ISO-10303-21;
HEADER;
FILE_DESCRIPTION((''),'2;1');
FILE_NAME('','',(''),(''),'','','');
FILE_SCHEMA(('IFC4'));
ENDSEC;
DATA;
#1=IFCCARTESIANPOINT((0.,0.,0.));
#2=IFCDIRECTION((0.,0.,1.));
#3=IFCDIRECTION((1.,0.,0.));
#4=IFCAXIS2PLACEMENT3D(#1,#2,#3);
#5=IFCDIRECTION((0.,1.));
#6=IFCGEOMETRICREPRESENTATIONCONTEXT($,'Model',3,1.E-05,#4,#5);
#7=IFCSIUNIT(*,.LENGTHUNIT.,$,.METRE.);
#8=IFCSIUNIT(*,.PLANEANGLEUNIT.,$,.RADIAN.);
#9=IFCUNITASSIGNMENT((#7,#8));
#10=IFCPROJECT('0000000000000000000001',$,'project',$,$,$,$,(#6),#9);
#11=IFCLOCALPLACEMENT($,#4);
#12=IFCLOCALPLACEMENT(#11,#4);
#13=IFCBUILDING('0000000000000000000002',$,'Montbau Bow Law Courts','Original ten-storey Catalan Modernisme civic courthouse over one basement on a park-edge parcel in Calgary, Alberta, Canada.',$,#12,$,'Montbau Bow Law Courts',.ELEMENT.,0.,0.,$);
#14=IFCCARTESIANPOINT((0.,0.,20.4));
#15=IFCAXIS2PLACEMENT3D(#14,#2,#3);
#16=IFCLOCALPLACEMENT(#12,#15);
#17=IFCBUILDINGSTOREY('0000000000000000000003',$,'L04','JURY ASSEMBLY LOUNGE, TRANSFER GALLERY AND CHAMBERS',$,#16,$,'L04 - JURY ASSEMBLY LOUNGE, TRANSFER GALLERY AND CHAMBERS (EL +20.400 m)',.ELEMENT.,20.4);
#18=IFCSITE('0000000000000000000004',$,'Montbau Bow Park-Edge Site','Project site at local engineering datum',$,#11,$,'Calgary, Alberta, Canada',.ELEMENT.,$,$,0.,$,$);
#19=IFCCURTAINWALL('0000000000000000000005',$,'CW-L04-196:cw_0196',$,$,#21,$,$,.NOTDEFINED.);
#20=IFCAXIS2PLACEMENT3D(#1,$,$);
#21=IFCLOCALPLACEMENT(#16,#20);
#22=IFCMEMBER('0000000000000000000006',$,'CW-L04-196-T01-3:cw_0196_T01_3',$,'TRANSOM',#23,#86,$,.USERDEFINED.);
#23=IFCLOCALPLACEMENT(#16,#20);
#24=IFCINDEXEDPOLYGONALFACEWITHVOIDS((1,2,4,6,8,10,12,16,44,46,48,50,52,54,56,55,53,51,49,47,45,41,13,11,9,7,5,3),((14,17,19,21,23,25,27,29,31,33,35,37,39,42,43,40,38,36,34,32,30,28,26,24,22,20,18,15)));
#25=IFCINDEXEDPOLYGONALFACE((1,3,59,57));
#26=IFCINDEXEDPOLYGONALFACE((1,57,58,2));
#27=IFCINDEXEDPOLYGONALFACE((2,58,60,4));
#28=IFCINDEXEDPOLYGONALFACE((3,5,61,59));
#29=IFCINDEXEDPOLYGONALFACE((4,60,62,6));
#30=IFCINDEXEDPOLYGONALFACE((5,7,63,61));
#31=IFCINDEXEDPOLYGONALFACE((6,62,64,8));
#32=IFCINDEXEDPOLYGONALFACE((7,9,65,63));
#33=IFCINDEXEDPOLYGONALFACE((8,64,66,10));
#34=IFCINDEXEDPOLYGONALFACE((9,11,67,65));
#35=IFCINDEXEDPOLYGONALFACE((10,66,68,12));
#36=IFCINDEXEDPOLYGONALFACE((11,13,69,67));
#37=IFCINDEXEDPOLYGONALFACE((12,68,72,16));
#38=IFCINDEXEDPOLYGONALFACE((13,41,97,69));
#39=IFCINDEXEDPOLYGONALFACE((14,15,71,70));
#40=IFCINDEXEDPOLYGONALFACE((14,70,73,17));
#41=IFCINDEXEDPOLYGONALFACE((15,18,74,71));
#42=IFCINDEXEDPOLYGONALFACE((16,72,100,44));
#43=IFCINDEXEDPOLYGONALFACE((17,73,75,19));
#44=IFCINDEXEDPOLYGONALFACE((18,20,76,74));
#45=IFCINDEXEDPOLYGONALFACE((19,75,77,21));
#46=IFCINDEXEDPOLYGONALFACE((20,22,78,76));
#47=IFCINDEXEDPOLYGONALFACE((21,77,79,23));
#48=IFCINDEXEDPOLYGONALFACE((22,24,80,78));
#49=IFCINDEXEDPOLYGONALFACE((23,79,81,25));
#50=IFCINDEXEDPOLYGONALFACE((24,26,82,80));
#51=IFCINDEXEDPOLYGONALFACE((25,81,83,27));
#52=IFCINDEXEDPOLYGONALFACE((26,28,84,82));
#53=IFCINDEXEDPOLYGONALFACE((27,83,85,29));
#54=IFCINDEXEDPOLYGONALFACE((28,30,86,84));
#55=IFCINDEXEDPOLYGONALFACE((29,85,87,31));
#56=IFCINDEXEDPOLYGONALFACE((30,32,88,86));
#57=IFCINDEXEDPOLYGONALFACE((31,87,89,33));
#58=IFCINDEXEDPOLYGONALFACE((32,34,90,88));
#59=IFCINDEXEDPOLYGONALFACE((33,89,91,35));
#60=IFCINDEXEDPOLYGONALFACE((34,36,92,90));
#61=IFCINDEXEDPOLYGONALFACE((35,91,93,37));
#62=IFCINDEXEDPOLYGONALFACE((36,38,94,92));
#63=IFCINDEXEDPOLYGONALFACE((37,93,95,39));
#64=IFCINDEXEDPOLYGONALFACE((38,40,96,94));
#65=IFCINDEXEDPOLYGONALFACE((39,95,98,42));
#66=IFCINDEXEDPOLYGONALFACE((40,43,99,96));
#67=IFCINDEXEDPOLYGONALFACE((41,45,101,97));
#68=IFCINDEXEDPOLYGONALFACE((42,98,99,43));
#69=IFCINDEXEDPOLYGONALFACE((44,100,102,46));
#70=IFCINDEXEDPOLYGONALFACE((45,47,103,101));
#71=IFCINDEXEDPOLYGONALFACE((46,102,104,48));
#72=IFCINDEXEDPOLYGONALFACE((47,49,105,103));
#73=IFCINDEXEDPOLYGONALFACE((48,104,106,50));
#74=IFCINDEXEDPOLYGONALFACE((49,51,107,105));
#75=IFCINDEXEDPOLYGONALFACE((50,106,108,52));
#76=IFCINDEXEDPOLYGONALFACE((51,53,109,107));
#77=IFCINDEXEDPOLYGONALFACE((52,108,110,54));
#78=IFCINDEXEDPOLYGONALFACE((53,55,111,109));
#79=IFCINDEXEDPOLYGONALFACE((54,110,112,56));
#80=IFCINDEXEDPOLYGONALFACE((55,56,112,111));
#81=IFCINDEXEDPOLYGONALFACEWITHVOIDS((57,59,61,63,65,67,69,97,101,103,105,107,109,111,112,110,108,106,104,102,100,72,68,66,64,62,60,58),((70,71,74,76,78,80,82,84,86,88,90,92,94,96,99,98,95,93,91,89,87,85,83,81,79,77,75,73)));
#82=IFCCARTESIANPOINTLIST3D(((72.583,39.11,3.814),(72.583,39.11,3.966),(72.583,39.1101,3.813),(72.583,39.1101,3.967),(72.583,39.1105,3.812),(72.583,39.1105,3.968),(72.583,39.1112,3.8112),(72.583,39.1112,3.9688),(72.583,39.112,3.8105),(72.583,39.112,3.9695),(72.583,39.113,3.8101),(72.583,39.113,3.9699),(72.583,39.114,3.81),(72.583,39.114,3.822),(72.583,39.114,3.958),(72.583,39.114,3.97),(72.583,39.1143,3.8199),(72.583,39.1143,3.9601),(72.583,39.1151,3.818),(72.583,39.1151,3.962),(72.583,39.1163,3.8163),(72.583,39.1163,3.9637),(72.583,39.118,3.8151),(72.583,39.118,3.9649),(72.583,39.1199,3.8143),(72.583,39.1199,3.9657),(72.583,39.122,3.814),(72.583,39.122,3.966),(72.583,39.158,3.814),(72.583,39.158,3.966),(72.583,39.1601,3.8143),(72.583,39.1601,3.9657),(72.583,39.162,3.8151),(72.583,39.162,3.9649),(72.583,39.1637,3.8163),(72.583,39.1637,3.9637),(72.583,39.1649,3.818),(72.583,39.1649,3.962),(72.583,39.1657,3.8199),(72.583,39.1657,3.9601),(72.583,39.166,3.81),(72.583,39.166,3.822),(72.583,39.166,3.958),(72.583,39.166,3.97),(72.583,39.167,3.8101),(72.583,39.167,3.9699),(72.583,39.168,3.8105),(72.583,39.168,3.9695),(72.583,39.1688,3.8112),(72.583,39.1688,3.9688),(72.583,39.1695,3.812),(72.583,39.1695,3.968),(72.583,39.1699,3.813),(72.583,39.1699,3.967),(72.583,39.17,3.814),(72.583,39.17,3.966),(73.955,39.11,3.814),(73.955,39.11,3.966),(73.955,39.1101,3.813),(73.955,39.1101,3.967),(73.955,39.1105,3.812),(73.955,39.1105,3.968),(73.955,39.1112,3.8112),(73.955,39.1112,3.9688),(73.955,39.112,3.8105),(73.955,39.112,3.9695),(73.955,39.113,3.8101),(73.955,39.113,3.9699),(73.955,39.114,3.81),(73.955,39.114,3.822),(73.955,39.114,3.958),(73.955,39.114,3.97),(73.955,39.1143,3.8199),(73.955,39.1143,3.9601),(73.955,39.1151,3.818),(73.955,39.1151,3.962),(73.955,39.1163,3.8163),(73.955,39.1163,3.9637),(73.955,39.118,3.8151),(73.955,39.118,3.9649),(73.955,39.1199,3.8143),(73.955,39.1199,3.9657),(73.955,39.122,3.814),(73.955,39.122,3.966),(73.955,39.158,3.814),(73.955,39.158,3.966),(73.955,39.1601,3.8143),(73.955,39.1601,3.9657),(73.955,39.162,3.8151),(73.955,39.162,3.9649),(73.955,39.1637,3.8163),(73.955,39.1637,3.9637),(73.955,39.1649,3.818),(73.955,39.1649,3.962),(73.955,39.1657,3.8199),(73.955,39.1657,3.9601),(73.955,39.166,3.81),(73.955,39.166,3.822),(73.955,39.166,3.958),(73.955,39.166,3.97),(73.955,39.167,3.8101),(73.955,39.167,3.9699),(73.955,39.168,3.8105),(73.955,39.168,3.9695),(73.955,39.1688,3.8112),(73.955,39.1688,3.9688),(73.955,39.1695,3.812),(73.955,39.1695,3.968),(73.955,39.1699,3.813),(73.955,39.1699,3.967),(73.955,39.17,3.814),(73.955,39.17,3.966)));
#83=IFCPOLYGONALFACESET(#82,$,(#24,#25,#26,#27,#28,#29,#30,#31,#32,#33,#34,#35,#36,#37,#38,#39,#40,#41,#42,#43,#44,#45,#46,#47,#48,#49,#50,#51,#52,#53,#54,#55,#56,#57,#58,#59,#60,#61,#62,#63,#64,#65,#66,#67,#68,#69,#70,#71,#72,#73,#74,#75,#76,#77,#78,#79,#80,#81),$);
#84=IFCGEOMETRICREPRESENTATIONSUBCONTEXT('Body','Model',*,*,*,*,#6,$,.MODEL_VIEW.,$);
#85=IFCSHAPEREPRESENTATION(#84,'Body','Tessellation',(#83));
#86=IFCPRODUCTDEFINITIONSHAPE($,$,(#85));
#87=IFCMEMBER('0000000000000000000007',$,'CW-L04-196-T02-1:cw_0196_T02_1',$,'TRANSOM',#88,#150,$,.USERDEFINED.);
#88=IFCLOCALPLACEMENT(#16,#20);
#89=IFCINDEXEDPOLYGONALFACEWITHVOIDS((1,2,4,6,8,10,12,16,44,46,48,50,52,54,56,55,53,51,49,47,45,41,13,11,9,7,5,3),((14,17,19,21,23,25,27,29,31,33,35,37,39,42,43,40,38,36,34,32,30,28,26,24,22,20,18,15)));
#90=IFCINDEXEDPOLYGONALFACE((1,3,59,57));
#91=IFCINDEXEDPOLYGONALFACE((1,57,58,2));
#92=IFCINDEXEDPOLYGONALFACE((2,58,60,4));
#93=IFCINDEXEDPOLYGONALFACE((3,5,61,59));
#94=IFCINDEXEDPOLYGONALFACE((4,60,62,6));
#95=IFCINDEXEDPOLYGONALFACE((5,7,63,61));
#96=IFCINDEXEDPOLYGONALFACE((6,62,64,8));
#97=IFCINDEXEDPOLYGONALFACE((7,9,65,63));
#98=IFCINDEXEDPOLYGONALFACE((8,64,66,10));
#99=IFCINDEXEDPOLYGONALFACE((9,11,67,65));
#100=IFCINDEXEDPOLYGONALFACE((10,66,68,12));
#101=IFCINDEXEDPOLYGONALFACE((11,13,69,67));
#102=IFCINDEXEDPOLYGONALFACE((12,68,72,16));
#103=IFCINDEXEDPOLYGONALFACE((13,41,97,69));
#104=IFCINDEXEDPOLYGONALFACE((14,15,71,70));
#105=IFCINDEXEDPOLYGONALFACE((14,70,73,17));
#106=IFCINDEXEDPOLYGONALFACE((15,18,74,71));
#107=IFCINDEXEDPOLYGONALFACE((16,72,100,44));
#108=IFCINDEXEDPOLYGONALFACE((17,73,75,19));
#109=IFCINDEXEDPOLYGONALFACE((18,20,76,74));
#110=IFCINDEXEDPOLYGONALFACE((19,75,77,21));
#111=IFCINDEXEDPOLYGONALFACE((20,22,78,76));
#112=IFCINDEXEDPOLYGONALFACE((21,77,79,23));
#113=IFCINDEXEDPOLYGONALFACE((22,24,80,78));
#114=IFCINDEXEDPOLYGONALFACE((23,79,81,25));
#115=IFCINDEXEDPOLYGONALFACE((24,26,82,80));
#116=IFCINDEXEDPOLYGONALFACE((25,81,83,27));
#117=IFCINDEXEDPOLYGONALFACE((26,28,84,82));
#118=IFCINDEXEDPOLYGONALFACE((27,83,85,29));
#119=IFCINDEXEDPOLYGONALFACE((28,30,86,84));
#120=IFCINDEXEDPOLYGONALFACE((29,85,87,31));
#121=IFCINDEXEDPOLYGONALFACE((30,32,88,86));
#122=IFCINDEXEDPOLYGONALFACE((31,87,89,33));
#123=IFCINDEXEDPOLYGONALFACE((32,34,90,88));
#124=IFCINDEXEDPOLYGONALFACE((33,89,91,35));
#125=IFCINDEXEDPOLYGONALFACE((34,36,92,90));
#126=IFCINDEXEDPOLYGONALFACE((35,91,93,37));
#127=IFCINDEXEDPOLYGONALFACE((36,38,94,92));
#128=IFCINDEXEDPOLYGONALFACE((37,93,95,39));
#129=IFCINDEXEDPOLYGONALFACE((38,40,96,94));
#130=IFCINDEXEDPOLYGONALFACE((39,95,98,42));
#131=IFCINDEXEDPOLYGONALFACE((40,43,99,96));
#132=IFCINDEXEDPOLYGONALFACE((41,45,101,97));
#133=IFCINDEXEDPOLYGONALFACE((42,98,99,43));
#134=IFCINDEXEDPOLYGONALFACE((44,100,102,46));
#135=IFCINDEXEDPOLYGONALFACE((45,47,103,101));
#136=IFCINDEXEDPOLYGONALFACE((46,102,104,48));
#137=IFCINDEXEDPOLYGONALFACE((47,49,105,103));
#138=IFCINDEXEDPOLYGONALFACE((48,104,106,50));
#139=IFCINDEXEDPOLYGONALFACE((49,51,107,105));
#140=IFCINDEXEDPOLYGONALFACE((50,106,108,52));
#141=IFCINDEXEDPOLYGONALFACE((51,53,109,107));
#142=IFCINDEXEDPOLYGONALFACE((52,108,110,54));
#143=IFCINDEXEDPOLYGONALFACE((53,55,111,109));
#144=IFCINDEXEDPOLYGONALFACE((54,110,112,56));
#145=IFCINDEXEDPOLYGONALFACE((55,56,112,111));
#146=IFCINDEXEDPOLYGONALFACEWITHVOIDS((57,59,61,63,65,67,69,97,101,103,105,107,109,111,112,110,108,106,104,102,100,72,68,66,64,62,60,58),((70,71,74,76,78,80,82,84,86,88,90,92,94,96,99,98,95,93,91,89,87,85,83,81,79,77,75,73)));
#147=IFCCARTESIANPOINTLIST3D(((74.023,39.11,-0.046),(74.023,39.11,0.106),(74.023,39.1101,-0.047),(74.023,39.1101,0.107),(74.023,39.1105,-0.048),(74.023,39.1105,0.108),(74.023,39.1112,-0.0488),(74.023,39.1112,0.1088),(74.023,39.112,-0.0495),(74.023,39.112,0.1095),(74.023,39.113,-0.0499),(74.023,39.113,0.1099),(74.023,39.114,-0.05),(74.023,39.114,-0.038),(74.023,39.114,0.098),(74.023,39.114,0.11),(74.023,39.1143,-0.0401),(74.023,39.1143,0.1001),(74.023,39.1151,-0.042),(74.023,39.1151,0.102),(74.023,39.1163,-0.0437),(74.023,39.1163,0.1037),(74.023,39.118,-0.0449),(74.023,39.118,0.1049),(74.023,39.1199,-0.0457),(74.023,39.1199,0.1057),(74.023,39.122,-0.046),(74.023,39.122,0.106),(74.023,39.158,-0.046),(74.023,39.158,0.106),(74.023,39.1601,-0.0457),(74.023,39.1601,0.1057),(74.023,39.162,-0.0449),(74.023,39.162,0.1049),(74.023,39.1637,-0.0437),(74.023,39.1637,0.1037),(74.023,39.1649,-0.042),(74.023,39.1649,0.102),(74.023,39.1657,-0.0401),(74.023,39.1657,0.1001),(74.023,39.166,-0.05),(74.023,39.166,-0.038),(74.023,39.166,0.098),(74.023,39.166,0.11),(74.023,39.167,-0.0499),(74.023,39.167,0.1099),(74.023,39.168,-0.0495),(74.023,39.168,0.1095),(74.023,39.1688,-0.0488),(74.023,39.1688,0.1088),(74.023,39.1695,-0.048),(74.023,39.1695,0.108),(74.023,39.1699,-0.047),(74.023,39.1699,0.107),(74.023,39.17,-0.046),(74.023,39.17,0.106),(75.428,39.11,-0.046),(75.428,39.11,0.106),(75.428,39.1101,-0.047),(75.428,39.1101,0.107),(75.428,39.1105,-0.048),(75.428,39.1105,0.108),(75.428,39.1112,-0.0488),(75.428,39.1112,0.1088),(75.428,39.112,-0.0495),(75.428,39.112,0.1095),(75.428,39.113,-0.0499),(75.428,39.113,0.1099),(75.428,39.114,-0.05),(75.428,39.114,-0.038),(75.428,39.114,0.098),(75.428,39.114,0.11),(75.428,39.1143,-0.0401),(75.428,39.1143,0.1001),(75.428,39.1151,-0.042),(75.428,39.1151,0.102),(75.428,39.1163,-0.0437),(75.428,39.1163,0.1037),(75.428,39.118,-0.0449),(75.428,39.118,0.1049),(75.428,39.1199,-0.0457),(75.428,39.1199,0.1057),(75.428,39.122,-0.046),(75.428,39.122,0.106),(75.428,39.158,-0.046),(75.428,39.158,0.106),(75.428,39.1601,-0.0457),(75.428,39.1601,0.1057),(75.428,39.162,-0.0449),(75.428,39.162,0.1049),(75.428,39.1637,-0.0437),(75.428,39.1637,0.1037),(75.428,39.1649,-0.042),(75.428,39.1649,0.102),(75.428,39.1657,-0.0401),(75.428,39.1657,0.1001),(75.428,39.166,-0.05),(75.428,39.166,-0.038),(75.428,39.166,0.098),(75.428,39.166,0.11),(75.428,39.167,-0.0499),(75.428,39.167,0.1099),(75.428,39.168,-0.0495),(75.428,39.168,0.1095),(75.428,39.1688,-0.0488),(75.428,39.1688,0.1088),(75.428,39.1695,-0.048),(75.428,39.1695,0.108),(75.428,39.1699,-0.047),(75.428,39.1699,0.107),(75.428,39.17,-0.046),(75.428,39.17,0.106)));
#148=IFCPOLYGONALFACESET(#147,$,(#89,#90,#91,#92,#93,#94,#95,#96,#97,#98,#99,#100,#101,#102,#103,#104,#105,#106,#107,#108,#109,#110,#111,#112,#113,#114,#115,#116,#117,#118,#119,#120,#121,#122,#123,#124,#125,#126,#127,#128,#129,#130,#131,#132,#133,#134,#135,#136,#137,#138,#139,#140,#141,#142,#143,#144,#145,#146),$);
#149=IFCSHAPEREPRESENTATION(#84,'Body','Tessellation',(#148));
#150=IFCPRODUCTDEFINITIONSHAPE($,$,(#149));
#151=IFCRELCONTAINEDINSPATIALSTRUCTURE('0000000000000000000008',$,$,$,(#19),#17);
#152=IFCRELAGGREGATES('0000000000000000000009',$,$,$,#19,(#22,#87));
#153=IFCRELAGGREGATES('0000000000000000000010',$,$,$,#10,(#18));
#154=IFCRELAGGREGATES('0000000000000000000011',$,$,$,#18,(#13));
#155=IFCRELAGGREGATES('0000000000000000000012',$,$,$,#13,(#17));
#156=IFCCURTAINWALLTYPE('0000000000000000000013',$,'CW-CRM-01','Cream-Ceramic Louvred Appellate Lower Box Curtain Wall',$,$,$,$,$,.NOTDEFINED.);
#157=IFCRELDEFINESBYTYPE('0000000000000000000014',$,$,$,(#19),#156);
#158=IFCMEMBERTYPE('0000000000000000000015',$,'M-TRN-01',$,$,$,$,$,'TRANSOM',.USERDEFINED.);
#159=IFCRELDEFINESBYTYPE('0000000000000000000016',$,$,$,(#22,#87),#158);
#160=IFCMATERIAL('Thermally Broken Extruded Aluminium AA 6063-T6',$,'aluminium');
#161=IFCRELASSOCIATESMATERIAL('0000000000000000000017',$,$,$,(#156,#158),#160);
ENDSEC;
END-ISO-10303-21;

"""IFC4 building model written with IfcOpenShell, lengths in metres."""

from ifc_helpers import new_model, si_unit, direction, frame, origin_with_axes, origin_2d_with_axis, place, context, subcontext, project, spatial, hollow_rectangle, extrude, material, material_profile, profile_set, type_object, element, aggregate, save


model = new_model("IFC4")

# Units and contexts
model_context = context("Model", 3, precision=1e-05, world=origin_with_axes(), true_north=direction((0.0, 1.0)))
body_context = subcontext(model_context, "Body", "Model", "MODEL_VIEW")
ifc_project = project(units=[si_unit("LENGTHUNIT", "METRE"), si_unit("PLANEANGLEUNIT", "RADIAN")], contexts=[model_context])

# Site, building, storey
site_placement = place(None, origin_with_axes())
site = spatial("IfcSite", under=ifc_project, at=site_placement, Name="Montbau Bow Park-Edge Site", Description="Project site at local engineering datum", LongName="Calgary, Alberta, Canada", CompositionType="ELEMENT", RefElevation=0.0)
building_placement = place(site_placement, origin_with_axes())
building = spatial("IfcBuilding", under=site, at=building_placement, Name="Montbau Bow Law Courts", Description="Original ten-storey Catalan Modernisme civic courthouse over one basement on a park-edge parcel in Calgary, Alberta, Canada.", LongName="Montbau Bow Law Courts", CompositionType="ELEMENT", ElevationOfRefHeight=0.0, ElevationOfTerrain=0.0)
storey_placement = place(building_placement, frame((0.0, 0.0, 20.4), z_axis=(0.0, 0.0, 1.0), x_axis=(1.0, 0.0, 0.0)))
storey = spatial("IfcBuildingStorey", under=building, at=storey_placement, Name="L04", Description="JURY ASSEMBLY LOUNGE, TRANSFER GALLERY AND CHAMBERS", LongName="L04 - JURY ASSEMBLY LOUNGE, TRANSFER GALLERY AND CHAMBERS (EL +20.400 m)", CompositionType="ELEMENT", Elevation=20.4)

# Shared definitions
ifc_material_1 = material(Name="Thermally Broken Extruded Aluminium AA 6063-T6", Category="aluminium")
curtain_wall_type = type_object("IfcCurtainWallType", Name="CW-CRM-01", Description="Cream-Ceramic Louvred Appellate Lower Box Curtain Wall", PredefinedType="NOTDEFINED", material=ifc_material_1)

# Curtain wall, members
curtain_wall_1_placement = place(None, frame((72.515, 39.14, 20.4), z_axis=(0.0, 0.0, 1.0), x_axis=(1.0, 0.0, 0.0)))
curtain_wall_1 = element("IfcCurtainWall", 1, at=curtain_wall_1_placement, inside=storey, type_object=curtain_wall_type, Name="CW-L04-196:cw_0196", PredefinedType="NOTDEFINED")
ifc_material_profile_1 = material_profile(ifc_material_1, hollow_rectangle(XDim=0.06, YDim=0.16, WallThickness=0.004, InnerFilletRadius=0.008, OuterFilletRadius=0.004, at=origin_2d_with_axis()), Name="CWT-160X60", Category="Main", Priority=0)
ifc_profile_set_1 = profile_set([ifc_material_profile_1], Name="Thermally Broken Extruded Aluminium AA 6063-T6")
member_type_1 = type_object("IfcMemberType", Name="M-TRN-01", ElementType="TRANSOM", PredefinedType="USERDEFINED", material=ifc_profile_set_1)
member_1_placement = place(None, frame((72.583, 39.14, 24.29), z_axis=(1.0, 0.0, 0.0), x_axis=(0.0, 1.0, 0.0)))
member_1 = element("IfcMember", 2, at=member_1_placement, type_object=member_type_1, Name="CW-L04-196-T01-3:cw_0196_T01_3", ObjectType="TRANSOM", PredefinedType="USERDEFINED", context=body_context, shape_type="SweptSolid", body=[
    extrude(hollow_rectangle(XDim=0.06, YDim=0.16, WallThickness=0.004, InnerFilletRadius=0.008, OuterFilletRadius=0.004, at=origin_2d_with_axis()), origin_with_axes(), (0.0, 0.0, 1.0), 1.372),
])
member_2_placement = place(None, frame((74.023, 39.14, 20.43), z_axis=(1.0, 0.0, 0.0), x_axis=(0.0, 1.0, 0.0)))
member_2 = element("IfcMember", 3, at=member_2_placement, type_object=member_type_1, Name="CW-L04-196-T02-1:cw_0196_T02_1", ObjectType="TRANSOM", PredefinedType="USERDEFINED", context=body_context, shape_type="SweptSolid", body=[
    extrude(hollow_rectangle(XDim=0.06, YDim=0.16, WallThickness=0.004, InnerFilletRadius=0.008, OuterFilletRadius=0.004, at=origin_2d_with_axis()), origin_with_axes(), (0.0, 0.0, 1.0), 1.405),
])
aggregate(curtain_wall_1, [member_1, member_2])

save(model, "model.ifc")
